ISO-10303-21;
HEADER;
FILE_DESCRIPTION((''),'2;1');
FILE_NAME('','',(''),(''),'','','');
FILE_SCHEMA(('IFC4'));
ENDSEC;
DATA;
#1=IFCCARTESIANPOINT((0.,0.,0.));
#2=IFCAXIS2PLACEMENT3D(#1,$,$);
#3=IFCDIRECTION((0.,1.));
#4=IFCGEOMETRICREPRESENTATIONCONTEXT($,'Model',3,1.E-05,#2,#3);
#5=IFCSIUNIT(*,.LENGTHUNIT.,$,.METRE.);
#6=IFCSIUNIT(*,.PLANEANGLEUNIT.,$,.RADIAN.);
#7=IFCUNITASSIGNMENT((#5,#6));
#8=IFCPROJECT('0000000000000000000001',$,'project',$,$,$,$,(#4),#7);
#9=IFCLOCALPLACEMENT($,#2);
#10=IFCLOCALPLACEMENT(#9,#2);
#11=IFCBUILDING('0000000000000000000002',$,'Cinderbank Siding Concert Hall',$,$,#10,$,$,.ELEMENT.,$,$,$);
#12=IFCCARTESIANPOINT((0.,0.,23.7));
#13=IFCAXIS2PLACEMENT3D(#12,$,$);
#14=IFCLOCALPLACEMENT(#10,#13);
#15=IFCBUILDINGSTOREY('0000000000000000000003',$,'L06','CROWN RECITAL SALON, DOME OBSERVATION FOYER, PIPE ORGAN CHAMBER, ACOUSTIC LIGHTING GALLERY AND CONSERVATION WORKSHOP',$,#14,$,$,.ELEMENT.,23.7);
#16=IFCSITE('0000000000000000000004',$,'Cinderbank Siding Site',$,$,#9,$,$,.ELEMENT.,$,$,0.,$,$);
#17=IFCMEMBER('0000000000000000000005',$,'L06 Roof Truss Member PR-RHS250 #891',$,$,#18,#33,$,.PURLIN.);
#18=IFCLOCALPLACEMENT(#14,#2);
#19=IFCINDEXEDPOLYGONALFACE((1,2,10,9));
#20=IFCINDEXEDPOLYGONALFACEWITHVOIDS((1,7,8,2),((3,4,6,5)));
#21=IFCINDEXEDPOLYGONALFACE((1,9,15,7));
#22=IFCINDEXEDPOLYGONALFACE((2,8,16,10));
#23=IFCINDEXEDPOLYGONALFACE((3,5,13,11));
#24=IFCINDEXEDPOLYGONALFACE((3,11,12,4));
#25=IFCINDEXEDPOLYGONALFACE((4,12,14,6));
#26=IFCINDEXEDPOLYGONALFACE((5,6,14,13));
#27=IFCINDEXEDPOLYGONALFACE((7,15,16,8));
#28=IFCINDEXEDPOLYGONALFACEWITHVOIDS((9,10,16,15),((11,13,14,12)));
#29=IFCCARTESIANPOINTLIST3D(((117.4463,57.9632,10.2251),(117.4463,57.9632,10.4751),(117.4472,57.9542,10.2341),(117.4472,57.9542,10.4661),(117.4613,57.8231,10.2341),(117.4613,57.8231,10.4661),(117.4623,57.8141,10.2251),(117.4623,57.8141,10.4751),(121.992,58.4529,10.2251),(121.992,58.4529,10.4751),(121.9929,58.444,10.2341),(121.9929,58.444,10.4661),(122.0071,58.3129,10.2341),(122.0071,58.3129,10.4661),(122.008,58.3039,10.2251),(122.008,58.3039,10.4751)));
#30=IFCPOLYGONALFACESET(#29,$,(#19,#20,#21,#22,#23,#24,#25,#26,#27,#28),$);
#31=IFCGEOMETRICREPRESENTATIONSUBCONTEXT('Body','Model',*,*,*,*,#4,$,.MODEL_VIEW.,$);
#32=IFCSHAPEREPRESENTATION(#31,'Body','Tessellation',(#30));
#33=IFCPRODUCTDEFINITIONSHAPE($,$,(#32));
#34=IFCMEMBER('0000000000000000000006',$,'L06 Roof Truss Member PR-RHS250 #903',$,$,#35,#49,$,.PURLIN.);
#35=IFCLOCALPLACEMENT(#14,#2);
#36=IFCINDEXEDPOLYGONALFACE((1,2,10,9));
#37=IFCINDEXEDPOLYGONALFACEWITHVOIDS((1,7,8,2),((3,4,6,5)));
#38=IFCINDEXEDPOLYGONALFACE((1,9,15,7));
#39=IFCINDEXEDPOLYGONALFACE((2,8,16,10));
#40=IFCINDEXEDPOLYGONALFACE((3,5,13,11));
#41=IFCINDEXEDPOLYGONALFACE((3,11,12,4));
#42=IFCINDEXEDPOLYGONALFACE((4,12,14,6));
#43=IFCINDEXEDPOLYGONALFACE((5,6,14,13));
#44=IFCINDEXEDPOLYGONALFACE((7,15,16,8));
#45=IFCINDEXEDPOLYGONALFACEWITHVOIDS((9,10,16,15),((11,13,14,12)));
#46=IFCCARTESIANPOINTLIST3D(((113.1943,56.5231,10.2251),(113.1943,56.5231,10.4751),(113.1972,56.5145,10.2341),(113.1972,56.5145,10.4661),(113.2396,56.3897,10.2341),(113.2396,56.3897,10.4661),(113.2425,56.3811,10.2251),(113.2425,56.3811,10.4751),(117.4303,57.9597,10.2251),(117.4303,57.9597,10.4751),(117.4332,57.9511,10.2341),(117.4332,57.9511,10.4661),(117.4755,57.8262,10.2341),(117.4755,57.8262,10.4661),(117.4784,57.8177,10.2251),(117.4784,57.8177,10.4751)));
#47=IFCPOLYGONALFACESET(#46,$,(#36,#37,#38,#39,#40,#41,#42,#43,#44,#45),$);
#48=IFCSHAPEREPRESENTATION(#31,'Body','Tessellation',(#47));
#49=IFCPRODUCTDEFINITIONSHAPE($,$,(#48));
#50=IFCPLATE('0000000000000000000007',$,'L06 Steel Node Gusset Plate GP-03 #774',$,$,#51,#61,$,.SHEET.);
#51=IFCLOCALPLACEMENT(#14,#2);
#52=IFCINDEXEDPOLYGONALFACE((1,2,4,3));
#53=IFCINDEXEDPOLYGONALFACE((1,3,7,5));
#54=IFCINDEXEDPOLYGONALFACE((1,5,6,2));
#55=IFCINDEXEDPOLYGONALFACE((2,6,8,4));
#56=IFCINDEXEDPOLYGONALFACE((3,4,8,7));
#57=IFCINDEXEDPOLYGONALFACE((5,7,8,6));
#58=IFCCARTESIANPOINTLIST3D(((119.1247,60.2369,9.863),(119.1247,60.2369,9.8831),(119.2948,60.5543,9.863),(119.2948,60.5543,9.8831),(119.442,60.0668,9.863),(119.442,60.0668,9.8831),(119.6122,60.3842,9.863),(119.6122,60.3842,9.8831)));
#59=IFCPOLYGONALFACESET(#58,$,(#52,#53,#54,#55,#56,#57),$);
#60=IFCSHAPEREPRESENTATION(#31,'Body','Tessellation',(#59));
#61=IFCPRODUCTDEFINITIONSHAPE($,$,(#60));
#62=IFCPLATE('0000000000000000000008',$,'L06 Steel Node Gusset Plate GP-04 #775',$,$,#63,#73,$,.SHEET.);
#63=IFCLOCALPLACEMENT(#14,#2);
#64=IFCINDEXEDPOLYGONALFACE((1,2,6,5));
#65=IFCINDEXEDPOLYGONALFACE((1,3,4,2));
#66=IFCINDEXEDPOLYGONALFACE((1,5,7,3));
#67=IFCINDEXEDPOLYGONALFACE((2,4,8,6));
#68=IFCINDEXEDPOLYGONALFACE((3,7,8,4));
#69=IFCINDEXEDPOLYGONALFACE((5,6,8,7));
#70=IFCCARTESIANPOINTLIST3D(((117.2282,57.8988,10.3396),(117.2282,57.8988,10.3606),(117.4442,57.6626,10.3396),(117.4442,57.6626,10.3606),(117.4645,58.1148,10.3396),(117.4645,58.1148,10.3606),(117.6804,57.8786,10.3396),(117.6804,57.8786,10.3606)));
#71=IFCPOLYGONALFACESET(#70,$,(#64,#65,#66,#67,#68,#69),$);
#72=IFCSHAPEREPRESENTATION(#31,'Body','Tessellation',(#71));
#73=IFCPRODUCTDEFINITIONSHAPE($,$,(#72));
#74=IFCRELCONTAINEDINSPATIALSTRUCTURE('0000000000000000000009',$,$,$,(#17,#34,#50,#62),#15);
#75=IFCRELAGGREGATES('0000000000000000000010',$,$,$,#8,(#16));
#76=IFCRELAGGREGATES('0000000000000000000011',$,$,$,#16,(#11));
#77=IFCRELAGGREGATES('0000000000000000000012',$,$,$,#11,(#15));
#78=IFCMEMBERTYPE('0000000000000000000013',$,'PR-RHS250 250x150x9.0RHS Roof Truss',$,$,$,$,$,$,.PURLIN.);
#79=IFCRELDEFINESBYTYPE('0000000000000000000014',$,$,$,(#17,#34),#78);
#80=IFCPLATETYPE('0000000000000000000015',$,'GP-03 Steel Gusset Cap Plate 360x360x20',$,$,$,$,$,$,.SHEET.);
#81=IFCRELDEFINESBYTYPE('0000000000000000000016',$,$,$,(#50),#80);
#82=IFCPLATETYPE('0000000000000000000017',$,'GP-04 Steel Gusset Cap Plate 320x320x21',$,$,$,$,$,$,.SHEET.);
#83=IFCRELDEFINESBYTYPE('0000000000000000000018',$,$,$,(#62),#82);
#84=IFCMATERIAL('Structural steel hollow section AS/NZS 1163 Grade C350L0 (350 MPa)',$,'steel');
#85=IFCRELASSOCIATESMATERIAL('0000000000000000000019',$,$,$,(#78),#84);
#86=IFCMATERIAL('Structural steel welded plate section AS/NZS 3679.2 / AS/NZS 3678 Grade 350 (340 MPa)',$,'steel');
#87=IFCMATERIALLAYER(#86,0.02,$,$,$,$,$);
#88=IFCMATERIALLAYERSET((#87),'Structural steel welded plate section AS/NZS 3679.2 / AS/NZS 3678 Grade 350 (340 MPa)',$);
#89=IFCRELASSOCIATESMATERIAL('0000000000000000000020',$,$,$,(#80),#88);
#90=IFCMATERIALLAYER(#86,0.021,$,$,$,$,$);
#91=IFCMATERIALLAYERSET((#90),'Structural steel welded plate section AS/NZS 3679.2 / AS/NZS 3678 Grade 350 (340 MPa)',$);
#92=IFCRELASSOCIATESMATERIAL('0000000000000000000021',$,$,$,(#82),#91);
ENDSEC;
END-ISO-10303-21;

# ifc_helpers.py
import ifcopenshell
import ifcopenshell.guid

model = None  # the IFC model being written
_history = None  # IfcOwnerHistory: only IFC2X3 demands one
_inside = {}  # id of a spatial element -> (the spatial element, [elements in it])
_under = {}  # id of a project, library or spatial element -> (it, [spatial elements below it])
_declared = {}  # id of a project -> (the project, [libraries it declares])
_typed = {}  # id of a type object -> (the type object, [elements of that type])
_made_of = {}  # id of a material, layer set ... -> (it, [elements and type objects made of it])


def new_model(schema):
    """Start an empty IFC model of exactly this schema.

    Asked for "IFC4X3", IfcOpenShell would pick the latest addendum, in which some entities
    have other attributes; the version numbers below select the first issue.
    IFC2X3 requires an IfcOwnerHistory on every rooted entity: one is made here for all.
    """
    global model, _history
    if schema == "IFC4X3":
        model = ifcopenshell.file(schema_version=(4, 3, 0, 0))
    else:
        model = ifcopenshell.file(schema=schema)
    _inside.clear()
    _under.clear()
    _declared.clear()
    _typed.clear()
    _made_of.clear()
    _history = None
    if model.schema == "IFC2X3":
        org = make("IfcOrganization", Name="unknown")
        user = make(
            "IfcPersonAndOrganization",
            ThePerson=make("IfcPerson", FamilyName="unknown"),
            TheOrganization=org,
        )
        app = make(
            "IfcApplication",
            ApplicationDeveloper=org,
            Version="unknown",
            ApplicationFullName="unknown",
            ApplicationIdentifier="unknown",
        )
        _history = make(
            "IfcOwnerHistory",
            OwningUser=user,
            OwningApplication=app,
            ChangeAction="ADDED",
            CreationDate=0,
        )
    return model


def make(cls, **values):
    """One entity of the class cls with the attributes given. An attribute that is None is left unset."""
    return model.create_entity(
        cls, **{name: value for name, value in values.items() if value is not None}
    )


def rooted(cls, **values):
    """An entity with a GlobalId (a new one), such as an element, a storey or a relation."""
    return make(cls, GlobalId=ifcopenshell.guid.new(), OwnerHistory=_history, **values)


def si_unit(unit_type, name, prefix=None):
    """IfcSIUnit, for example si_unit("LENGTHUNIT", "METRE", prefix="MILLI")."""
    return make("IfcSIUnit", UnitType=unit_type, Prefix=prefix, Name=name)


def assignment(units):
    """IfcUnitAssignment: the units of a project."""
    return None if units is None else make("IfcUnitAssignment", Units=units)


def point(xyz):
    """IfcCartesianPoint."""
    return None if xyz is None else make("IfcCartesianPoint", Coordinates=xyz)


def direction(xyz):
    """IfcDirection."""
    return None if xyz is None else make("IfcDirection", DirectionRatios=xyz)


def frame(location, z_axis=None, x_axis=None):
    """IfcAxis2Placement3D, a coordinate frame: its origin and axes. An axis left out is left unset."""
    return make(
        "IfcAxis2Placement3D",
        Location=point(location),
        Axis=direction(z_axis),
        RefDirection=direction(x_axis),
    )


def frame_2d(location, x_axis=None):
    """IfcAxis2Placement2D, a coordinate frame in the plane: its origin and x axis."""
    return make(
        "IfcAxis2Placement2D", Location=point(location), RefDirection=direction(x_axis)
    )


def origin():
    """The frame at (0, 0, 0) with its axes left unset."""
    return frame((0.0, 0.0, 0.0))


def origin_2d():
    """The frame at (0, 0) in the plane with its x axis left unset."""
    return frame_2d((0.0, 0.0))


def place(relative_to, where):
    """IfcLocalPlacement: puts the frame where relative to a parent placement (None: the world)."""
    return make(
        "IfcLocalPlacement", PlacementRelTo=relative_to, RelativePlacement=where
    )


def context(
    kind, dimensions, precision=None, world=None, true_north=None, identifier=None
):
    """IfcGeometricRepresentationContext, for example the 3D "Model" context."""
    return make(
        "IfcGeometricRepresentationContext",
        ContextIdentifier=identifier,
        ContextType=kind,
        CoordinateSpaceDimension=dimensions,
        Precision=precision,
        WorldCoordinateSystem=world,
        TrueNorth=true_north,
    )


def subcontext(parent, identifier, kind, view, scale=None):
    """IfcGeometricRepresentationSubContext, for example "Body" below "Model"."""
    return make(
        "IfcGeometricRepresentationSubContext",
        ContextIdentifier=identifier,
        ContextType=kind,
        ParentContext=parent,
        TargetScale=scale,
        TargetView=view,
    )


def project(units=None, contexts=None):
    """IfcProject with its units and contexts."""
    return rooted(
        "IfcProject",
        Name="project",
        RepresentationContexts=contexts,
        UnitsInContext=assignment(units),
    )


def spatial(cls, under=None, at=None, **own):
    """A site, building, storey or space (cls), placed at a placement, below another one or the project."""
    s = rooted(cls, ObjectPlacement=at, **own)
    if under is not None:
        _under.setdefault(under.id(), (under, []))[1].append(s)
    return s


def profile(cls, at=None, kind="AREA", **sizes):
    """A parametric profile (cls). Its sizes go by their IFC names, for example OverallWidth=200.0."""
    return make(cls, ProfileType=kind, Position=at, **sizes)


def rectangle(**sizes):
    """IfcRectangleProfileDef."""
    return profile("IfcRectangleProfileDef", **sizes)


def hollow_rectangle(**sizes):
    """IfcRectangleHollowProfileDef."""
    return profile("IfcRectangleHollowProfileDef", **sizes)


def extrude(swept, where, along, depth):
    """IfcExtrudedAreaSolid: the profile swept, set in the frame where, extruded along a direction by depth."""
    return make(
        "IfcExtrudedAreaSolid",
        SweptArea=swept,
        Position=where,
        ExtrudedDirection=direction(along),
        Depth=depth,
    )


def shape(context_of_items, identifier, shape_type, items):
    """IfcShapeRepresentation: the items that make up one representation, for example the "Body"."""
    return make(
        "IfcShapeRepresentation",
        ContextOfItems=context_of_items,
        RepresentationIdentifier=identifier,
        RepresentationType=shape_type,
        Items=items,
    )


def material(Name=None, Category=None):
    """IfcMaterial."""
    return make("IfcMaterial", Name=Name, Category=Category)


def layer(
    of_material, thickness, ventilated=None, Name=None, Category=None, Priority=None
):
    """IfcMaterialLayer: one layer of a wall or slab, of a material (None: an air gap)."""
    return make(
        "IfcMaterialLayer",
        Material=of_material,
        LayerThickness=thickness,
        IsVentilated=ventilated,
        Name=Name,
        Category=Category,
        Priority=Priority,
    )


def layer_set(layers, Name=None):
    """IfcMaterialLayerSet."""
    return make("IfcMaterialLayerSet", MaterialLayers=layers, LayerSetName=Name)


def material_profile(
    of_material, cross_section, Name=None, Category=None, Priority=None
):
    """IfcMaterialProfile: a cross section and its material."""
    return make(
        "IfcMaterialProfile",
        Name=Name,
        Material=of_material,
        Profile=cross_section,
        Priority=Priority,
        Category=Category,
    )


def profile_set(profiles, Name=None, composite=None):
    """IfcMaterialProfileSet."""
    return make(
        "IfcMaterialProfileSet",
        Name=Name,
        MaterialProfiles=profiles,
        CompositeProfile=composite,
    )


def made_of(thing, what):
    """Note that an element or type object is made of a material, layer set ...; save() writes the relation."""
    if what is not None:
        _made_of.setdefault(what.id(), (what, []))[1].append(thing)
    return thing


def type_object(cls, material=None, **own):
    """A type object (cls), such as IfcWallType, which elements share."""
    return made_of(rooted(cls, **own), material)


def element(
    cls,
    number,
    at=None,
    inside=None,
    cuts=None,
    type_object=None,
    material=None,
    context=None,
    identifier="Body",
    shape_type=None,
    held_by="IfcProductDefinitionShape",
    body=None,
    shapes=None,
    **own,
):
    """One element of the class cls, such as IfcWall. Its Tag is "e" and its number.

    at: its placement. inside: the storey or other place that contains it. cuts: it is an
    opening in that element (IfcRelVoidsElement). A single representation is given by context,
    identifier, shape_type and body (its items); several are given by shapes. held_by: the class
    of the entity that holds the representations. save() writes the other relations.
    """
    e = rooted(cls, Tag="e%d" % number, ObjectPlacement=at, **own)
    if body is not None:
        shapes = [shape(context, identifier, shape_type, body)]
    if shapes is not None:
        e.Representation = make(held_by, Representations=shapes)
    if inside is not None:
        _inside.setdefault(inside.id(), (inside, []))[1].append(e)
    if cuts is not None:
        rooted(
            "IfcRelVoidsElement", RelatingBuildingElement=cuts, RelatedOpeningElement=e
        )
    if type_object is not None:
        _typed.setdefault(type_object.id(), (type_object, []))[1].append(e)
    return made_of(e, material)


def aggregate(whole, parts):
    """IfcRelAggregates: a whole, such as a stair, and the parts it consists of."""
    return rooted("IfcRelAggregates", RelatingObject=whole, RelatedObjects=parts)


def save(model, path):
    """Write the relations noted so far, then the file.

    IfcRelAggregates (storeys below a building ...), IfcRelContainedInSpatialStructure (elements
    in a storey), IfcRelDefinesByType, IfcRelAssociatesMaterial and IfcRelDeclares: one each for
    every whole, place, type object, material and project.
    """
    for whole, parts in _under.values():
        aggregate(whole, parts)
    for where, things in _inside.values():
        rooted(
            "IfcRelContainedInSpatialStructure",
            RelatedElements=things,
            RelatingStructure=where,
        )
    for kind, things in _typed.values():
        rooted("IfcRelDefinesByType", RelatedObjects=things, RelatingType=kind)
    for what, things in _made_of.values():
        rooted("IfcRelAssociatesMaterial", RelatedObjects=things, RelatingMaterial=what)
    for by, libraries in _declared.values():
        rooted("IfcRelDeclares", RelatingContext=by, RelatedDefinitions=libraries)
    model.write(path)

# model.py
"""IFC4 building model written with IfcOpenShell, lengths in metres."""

from ifc_helpers import new_model, si_unit, direction, frame, origin, origin_2d, place, context, subcontext, project, spatial, rectangle, hollow_rectangle, extrude, material, layer, layer_set, material_profile, profile_set, type_object, element, save


model = new_model("IFC4")

# Units and contexts
model_context = context("Model", 3, precision=1e-05, world=origin(), true_north=direction((0.0, 1.0)))
body_context = subcontext(model_context, "Body", "Model", "MODEL_VIEW")
ifc_project = project(units=[si_unit("LENGTHUNIT", "METRE"), si_unit("PLANEANGLEUNIT", "RADIAN")], contexts=[model_context])

# Site, building, storey
site_placement = place(None, origin())
site = spatial("IfcSite", under=ifc_project, at=site_placement, Name="Cinderbank Siding Site", CompositionType="ELEMENT", RefElevation=0.0)
building_placement = place(site_placement, origin())
building = spatial("IfcBuilding", under=site, at=building_placement, Name="Cinderbank Siding Concert Hall", CompositionType="ELEMENT")
storey_placement = place(building_placement, frame((0.0, 0.0, 23.7)))
storey = spatial("IfcBuildingStorey", under=building, at=storey_placement, Name="L06", Description="CROWN RECITAL SALON, DOME OBSERVATION FOYER, PIPE ORGAN CHAMBER, ACOUSTIC LIGHTING GALLERY AND CONSERVATION WORKSHOP", CompositionType="ELEMENT", Elevation=23.7)

# Shared definitions
ifc_material_1 = material(Name="Structural steel welded plate section AS/NZS 3679.2 / AS/NZS 3678 Grade 350 (340 MPa)", Category="steel")

# Members
ifc_material_2 = material(Name="Structural steel hollow section AS/NZS 1163 Grade C350L0 (350 MPa)", Category="steel")
ifc_material_profile_1 = material_profile(ifc_material_2, hollow_rectangle(XDim=0.1499, YDim=0.25, WallThickness=0.009, at=origin_2d()), Name="250x150x9.0RHS", Category="LoadBearing")
ifc_profile_set_1 = profile_set([ifc_material_profile_1], Name="Structural steel hollow section AS/NZS 1163 Grade C350L0 (350 MPa)")
member_type_1 = type_object("IfcMemberType", Name="PR-RHS250 250x150x9.0RHS Roof Truss", PredefinedType="PURLIN", material=ifc_profile_set_1)
member_1_placement = place(storey_placement, frame((122.0, 58.3784, 10.3501), z_axis=(-0.994246, -0.107119, 0.0), x_axis=(0.107119, -0.994246, 0.0)))
element("IfcMember", 1, at=member_1_placement, inside=storey, type_object=member_type_1, Name="L06 Roof Truss Member PR-RHS250 #891", PredefinedType="PURLIN", context=body_context, shape_type="SweptSolid", body=[
    extrude(hollow_rectangle(XDim=0.1499, YDim=0.25, WallThickness=0.009, at=origin_2d()), origin(), (0.0, 0.0, 1.0), 4.572),
])
member_2_placement = place(storey_placement, frame((117.4543, 57.8887, 10.3501), z_axis=(-0.947022, -0.321169, 0.0), x_axis=(0.321169, -0.947022, 0.0)))
element("IfcMember", 2, at=member_2_placement, inside=storey, type_object=member_type_1, Name="L06 Roof Truss Member PR-RHS250 #903", PredefinedType="PURLIN", context=body_context, shape_type="SweptSolid", body=[
    extrude(hollow_rectangle(XDim=0.1499, YDim=0.25, WallThickness=0.009, at=origin_2d()), origin(), (0.0, 0.0, 1.0), 4.4729),
])

# Plates
ifc_layer_1 = layer(ifc_material_1, 0.02)
ifc_layer_set_1 = layer_set([ifc_layer_1], Name="Structural steel welded plate section AS/NZS 3679.2 / AS/NZS 3678 Grade 350 (340 MPa)")
plate_type_1 = type_object("IfcPlateType", Name="GP-03 Steel Gusset Cap Plate 360x360x20", PredefinedType="SHEET", material=ifc_layer_set_1)
plate_1_placement = place(storey_placement, frame((119.3684, 60.3105, 9.863), z_axis=(0.0, 0.0, 1.0), x_axis=(0.881386, -0.472397, 0.0)))
element("IfcPlate", 3, at=plate_1_placement, inside=storey, type_object=plate_type_1, Name="L06 Steel Node Gusset Plate GP-03 #774", PredefinedType="SHEET", context=body_context, shape_type="SweptSolid", body=[
    extrude(rectangle(XDim=0.3601, YDim=0.3601, at=origin_2d()), origin(), (0.0, 0.0, 1.0), 0.02),
])
ifc_layer_2 = layer(ifc_material_1, 0.021)
ifc_layer_set_2 = layer_set([ifc_layer_2], Name="Structural steel welded plate section AS/NZS 3679.2 / AS/NZS 3678 Grade 350 (340 MPa)")
plate_type_2 = type_object("IfcPlateType", Name="GP-04 Steel Gusset Cap Plate 320x320x21", PredefinedType="SHEET", material=ifc_layer_set_2)
plate_2_placement = place(storey_placement, frame((117.4543, 57.8887, 10.3396), z_axis=(0.0, 0.0, 1.0), x_axis=(-0.737984, -0.674818, 0.0)))
element("IfcPlate", 4, at=plate_2_placement, inside=storey, type_object=plate_type_2, Name="L06 Steel Node Gusset Plate GP-04 #775", PredefinedType="SHEET", context=body_context, shape_type="SweptSolid", body=[
    extrude(rectangle(XDim=0.3201, YDim=0.3201, at=origin_2d()), origin(), (0.0, 0.0, 1.0), 0.021),
])

save(model, "model.ifc")
